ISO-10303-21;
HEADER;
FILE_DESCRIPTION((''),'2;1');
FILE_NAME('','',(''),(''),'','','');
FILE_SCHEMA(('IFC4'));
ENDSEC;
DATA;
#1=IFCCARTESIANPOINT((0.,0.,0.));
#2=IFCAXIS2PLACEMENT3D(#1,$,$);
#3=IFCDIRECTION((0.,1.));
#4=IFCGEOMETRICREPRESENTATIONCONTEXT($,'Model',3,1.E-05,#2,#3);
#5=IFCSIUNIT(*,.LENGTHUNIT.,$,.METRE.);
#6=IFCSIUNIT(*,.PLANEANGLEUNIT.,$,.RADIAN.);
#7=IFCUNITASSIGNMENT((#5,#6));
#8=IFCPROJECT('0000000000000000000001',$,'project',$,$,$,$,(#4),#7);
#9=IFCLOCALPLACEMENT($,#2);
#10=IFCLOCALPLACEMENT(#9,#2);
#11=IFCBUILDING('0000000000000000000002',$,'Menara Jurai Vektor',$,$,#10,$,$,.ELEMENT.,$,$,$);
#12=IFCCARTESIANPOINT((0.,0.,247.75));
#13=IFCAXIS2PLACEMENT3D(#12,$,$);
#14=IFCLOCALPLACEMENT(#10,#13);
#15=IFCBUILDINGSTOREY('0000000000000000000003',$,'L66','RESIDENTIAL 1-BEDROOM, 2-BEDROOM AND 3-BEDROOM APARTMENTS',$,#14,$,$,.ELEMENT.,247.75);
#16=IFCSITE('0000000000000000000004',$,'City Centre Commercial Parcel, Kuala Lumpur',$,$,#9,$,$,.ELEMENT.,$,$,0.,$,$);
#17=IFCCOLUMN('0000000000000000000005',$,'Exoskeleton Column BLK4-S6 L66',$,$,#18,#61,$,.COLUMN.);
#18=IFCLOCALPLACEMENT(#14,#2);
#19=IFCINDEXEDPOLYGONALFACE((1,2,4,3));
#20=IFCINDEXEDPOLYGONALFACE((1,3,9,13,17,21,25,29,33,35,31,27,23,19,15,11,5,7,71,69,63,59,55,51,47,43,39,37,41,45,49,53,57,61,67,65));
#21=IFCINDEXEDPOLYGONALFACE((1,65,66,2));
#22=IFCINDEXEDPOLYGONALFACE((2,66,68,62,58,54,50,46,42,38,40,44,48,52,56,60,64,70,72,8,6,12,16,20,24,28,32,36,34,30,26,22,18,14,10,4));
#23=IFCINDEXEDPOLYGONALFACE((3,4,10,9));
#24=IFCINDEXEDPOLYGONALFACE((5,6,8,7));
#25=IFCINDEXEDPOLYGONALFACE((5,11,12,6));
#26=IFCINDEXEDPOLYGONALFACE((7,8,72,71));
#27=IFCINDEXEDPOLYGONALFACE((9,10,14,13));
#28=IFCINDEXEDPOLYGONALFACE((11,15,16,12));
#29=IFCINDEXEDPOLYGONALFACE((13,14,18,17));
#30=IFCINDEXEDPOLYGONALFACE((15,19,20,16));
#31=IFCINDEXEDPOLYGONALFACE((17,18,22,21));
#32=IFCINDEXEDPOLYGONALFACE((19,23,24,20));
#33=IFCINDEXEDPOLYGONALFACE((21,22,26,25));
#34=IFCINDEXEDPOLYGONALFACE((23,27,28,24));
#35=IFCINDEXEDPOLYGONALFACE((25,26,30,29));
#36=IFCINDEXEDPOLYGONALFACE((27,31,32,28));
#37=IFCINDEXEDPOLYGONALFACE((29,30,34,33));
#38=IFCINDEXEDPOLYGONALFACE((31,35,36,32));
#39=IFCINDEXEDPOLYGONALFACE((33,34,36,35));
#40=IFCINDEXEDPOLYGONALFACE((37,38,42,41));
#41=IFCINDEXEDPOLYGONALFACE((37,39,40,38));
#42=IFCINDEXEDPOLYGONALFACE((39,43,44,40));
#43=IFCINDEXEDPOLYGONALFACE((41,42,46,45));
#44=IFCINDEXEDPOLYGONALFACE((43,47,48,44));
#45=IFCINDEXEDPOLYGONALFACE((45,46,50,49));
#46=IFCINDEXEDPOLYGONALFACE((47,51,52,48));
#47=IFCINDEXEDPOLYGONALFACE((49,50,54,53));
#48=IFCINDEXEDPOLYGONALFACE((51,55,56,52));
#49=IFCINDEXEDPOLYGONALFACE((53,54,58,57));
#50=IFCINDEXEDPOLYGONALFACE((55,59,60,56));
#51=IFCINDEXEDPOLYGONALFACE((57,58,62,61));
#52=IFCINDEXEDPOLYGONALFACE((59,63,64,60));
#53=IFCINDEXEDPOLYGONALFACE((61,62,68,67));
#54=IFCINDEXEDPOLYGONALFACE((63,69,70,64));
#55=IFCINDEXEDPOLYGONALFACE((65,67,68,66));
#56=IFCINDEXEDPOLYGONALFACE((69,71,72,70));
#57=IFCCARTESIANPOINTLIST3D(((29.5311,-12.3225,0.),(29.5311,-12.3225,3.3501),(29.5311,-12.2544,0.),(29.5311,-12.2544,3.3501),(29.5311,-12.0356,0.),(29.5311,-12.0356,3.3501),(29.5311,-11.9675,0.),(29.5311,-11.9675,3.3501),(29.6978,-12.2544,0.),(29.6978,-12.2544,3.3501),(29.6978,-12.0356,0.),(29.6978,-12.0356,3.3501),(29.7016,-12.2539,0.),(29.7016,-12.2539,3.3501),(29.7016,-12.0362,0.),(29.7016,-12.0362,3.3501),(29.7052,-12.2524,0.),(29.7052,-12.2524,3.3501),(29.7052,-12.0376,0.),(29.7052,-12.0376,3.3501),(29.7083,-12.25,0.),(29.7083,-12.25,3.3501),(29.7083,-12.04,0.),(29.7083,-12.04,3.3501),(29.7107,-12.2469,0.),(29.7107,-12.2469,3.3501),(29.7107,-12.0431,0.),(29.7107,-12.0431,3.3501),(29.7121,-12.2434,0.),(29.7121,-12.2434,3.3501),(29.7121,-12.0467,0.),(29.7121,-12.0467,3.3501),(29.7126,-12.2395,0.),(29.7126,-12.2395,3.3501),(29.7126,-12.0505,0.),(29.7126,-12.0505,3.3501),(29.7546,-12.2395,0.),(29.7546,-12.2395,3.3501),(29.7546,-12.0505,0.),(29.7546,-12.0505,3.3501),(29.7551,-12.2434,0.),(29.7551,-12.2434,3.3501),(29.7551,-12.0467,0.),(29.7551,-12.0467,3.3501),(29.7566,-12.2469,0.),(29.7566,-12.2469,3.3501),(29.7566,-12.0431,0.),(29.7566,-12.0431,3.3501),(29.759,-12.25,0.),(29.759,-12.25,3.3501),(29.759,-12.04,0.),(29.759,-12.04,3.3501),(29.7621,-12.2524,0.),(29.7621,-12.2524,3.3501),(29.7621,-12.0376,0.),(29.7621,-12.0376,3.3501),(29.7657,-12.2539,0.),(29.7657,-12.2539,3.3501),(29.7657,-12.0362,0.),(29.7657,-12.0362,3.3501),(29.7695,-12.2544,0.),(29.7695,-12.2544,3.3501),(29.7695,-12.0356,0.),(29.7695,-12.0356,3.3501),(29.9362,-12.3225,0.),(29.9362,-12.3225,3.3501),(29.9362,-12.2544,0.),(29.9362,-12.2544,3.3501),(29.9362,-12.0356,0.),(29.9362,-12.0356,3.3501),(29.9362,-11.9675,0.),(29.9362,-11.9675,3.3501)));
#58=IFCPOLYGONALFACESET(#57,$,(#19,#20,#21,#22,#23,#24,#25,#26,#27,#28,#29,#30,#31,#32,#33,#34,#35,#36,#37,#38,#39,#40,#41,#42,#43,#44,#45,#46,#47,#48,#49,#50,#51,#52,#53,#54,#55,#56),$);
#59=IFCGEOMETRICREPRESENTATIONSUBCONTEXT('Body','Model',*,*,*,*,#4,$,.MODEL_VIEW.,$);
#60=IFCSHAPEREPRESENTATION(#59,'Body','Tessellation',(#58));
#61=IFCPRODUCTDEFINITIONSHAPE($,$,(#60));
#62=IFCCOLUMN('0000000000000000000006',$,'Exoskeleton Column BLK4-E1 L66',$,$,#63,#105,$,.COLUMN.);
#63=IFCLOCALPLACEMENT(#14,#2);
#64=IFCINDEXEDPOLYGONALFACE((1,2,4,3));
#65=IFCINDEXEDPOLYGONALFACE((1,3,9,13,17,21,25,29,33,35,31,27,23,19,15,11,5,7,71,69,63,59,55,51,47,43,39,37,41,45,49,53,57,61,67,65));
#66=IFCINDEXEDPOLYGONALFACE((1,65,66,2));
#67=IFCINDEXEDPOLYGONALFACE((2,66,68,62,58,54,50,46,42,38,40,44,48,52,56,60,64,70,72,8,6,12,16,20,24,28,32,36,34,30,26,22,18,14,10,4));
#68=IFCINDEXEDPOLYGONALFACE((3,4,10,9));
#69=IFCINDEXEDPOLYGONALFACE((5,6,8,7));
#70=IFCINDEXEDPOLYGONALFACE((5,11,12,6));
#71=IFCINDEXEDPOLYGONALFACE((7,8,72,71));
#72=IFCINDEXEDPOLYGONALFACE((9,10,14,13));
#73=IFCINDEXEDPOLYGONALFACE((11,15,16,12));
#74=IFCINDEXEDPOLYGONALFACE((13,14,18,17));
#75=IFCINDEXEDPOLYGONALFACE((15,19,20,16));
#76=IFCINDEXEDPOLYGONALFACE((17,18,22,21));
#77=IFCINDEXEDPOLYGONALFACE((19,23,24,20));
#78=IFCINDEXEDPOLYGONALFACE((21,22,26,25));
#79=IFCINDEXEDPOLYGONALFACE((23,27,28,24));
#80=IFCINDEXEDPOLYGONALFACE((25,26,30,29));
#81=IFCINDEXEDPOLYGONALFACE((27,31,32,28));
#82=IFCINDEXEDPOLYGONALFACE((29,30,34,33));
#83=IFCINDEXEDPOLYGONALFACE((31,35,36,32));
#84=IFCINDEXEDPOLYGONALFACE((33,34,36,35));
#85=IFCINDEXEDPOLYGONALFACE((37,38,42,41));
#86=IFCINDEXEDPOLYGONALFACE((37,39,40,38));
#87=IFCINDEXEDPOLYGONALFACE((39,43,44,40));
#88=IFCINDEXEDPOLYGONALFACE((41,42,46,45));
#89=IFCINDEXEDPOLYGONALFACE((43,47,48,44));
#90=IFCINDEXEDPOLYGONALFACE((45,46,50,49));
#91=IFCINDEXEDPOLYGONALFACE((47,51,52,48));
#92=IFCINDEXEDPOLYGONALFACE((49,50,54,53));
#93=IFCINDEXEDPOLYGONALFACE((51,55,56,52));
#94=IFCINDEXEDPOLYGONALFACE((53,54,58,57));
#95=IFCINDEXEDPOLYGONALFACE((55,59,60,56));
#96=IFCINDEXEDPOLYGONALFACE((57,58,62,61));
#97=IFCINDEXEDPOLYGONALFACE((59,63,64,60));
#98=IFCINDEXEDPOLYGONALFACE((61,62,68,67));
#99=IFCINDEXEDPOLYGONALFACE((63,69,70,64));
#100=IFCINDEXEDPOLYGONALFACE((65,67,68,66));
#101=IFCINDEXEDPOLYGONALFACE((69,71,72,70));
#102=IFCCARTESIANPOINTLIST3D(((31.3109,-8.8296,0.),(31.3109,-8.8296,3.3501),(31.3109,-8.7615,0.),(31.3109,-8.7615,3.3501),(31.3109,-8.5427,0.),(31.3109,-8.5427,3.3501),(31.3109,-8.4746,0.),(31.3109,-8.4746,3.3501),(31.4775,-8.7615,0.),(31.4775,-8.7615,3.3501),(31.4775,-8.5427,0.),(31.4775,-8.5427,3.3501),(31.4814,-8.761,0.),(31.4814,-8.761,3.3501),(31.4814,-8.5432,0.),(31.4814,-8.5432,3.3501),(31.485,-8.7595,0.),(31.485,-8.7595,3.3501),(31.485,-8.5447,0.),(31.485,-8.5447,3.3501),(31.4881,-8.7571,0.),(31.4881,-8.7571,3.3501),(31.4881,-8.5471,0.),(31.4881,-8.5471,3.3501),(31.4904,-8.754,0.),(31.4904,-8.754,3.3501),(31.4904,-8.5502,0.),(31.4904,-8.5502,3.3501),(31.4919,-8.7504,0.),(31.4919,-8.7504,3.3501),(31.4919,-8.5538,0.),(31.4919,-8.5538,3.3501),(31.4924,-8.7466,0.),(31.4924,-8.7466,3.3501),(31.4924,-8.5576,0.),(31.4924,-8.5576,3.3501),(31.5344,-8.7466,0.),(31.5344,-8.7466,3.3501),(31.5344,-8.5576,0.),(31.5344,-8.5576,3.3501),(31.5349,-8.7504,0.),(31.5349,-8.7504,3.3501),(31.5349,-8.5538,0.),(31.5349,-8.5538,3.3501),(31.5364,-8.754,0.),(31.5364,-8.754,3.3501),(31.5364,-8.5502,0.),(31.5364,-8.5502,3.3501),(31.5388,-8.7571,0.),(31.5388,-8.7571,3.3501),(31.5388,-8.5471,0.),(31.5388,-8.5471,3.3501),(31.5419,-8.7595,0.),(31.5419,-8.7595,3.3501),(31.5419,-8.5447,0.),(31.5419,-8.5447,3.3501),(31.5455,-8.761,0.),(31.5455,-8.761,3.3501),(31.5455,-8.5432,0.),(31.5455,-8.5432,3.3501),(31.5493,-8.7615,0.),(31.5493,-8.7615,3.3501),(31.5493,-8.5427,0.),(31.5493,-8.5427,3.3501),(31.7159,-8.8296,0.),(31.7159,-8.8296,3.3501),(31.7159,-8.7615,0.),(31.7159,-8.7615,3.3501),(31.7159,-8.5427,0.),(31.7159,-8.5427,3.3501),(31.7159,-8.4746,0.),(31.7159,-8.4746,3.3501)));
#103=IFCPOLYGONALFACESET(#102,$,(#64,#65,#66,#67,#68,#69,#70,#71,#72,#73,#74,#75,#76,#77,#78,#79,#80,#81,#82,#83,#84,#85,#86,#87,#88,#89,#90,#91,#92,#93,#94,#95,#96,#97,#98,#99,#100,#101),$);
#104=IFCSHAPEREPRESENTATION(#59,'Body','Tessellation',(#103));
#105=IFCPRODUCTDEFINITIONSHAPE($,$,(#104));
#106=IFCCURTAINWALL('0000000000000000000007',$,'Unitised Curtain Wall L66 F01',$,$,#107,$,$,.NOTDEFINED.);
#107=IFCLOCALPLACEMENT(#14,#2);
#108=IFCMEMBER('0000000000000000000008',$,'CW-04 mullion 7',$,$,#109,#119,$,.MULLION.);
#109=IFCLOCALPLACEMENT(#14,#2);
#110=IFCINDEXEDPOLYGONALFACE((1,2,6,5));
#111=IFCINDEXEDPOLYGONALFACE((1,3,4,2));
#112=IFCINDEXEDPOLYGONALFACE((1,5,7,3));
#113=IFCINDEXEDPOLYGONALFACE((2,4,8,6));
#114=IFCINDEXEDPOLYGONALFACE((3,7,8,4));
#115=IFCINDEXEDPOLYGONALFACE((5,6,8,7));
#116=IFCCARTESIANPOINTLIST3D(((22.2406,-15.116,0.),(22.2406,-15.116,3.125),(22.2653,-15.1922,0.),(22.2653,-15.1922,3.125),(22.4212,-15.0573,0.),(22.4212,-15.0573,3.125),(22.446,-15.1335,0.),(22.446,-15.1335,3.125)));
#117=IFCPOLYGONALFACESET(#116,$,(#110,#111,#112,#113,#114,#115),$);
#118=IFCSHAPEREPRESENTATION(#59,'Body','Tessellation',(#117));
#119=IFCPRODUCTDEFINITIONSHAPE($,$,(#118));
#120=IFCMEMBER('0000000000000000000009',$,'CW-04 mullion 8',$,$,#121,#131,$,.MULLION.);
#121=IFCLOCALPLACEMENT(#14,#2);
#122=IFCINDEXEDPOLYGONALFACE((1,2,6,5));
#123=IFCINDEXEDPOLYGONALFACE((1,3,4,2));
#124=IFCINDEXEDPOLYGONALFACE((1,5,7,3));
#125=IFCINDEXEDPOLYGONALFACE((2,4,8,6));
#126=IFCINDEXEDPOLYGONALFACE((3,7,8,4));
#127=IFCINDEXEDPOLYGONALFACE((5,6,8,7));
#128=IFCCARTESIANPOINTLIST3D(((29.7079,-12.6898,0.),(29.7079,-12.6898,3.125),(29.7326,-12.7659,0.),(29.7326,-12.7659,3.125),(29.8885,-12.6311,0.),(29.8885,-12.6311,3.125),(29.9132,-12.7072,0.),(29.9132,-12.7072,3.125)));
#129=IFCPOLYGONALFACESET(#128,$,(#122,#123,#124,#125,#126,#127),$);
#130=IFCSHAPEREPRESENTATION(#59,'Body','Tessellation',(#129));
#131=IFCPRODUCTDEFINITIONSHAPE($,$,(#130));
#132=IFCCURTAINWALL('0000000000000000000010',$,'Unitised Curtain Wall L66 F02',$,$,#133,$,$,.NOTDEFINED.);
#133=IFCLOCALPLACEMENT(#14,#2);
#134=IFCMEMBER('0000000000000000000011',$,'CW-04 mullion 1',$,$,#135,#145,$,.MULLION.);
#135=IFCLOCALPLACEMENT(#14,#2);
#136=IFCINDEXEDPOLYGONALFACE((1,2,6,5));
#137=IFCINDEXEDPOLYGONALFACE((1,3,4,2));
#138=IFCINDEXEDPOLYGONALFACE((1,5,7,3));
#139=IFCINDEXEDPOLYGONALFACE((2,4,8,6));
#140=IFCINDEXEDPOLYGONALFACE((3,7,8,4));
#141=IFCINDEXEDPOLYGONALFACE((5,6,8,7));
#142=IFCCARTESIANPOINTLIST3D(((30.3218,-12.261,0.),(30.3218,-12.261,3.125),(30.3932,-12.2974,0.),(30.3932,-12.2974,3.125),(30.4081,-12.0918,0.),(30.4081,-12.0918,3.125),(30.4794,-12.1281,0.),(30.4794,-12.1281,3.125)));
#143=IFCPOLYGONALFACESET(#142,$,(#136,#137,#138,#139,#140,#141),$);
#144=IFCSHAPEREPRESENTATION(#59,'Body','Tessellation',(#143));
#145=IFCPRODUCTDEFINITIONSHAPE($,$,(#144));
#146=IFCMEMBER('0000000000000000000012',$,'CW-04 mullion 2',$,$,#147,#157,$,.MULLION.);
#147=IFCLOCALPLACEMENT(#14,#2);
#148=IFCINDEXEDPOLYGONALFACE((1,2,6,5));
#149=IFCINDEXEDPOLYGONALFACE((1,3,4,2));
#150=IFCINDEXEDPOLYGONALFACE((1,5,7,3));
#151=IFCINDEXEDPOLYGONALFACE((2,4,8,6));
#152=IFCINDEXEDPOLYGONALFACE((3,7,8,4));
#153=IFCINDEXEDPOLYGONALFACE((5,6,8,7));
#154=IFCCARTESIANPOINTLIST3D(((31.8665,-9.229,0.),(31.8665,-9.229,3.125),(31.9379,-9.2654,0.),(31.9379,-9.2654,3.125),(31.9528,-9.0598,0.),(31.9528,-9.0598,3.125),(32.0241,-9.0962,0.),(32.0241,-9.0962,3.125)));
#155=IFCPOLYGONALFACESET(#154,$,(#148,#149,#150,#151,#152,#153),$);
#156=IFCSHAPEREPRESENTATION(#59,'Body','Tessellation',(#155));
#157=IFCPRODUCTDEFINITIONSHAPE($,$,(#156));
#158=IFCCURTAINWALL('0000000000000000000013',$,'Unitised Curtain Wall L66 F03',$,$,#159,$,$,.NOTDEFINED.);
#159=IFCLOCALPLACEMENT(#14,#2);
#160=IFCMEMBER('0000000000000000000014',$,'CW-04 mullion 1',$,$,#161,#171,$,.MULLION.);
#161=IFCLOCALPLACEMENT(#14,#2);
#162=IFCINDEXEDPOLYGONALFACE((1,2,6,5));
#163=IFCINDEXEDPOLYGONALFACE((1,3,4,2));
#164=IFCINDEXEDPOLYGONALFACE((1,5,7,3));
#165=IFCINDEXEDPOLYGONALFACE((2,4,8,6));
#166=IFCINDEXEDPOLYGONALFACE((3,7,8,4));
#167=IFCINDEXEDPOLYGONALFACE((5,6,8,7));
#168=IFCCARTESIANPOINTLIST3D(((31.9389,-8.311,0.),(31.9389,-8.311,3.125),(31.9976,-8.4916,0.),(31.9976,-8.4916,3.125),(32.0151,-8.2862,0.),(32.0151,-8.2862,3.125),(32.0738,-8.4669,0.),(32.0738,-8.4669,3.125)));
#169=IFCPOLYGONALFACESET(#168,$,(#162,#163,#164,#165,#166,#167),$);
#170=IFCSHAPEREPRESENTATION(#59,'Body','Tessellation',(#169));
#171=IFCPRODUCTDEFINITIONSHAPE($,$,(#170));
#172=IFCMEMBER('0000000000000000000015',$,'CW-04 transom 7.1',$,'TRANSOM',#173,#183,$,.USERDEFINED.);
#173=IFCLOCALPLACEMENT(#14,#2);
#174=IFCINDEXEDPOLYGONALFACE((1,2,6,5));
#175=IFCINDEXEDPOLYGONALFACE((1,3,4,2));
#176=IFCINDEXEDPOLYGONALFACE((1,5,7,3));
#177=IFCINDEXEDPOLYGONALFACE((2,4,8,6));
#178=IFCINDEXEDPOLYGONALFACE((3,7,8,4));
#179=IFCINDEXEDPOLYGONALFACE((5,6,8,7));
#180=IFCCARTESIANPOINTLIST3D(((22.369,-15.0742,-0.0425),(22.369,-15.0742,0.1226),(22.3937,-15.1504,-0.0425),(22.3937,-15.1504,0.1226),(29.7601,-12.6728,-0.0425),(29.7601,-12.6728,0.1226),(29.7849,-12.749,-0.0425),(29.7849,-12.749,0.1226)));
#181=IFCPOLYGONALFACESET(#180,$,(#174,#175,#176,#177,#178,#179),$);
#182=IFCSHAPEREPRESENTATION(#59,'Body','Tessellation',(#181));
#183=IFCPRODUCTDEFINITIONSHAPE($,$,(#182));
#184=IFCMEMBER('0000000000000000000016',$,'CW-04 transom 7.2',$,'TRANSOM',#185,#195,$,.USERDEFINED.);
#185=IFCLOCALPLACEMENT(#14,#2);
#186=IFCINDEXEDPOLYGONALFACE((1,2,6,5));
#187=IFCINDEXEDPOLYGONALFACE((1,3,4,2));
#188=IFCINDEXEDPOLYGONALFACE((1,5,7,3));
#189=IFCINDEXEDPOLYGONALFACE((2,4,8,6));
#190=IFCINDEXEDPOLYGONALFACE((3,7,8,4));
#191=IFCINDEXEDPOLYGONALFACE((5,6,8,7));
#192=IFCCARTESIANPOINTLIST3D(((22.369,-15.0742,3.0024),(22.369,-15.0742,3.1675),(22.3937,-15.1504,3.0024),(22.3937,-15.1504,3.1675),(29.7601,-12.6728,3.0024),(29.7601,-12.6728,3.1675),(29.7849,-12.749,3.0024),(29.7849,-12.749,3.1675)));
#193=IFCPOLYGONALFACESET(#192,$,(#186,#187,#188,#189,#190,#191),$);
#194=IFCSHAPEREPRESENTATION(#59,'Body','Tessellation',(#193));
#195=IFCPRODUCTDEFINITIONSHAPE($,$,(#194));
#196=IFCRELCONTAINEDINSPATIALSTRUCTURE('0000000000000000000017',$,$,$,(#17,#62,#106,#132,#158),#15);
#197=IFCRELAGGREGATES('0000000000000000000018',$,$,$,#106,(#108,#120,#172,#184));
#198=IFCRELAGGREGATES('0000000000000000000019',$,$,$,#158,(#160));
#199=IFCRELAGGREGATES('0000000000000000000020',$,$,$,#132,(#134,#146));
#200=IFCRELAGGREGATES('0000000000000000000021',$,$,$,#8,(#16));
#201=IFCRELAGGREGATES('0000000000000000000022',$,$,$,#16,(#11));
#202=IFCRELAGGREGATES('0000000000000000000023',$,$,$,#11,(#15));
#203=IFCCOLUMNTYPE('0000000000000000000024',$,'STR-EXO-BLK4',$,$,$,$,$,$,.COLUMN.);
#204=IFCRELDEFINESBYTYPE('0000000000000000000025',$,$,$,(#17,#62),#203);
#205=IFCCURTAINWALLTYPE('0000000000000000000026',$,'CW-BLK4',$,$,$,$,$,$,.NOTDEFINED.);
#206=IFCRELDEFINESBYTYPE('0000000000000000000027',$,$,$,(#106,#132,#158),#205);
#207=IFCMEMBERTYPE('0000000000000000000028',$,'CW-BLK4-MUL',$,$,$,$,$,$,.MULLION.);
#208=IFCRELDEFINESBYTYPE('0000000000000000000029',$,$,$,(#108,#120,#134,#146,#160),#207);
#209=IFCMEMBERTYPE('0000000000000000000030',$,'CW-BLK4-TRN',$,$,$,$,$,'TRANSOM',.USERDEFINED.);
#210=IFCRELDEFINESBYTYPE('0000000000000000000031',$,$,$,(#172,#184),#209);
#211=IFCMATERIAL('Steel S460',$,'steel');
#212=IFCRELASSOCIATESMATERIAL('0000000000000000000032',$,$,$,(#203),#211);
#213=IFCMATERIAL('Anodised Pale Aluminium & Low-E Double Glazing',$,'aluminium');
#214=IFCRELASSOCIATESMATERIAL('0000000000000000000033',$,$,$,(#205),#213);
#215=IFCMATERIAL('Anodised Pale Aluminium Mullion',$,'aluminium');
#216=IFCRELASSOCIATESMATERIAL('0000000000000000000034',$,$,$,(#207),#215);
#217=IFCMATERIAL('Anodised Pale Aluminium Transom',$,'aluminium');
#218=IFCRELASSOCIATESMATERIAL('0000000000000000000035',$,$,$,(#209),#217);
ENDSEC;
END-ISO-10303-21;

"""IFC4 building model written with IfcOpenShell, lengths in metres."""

from ifc_helpers import new_model, si_unit, direction, frame, origin, origin_2d, place, context, subcontext, project, spatial, rectangle, i_section, extrude, material, material_profile, profile_set, type_object, element, aggregate, save


model = new_model("IFC4")

# Units and contexts
model_context = context("Model", 3, precision=1e-05, world=origin(), true_north=direction((0.0, 1.0)))
body_context = subcontext(model_context, "Body", "Model", "MODEL_VIEW")
ifc_project = project(units=[si_unit("LENGTHUNIT", "METRE"), si_unit("PLANEANGLEUNIT", "RADIAN")], contexts=[model_context])

# Site, building, storey
site_placement = place(None, origin())
site = spatial("IfcSite", under=ifc_project, at=site_placement, Name="City Centre Commercial Parcel, Kuala Lumpur", CompositionType="ELEMENT", RefElevation=0.0)
building_placement = place(site_placement, origin())
building = spatial("IfcBuilding", under=site, at=building_placement, Name="Menara Jurai Vektor", CompositionType="ELEMENT")
storey_placement = place(building_placement, frame((0.0, 0.0, 247.75)))
storey = spatial("IfcBuildingStorey", under=building, at=storey_placement, Name="L66", Description="RESIDENTIAL 1-BEDROOM, 2-BEDROOM AND 3-BEDROOM APARTMENTS", CompositionType="ELEMENT", Elevation=247.75)

# Columns
ifc_material_1 = material(Name="Steel S460", Category="steel")
ifc_material_profile_1 = material_profile(ifc_material_1, i_section(OverallWidth=0.405, OverallDepth=0.355, WebThickness=0.042, FlangeThickness=0.0681, FilletRadius=0.0149, at=origin_2d()), Name="HD 400x551")
ifc_profile_set_1 = profile_set([ifc_material_profile_1], Name="Steel S460")
column_type = type_object("IfcColumnType", Name="STR-EXO-BLK4", PredefinedType="COLUMN", material=ifc_profile_set_1)
for number, where, z_axis, x_axis, name in (
    (1, (29.7336, -12.145, 0.0), (0.0, 0.0, 1.0), (1.0, 0.0, 0.0), "Exoskeleton Column BLK4-S6 L66"),
    (2, (31.5134, -8.6521, 0.0), (0.0, 0.0, 1.0), (1.0, 0.0, 0.0), "Exoskeleton Column BLK4-E1 L66"),
):
    element("IfcColumn", number, at=place(storey_placement, frame(where, z_axis=z_axis, x_axis=x_axis)), inside=storey, type_object=column_type, Name=name, PredefinedType="COLUMN", context=body_context, shape_type="SweptSolid", body=[
        extrude(i_section(OverallWidth=0.405, OverallDepth=0.355, WebThickness=0.042, FlangeThickness=0.0681, FilletRadius=0.0149, at=origin_2d()), origin(), (0.0, 0.0, 1.0), 3.3501),
    ])

# Curtain walls, members
ifc_material_2 = material(Name="Anodised Pale Aluminium & Low-E Double Glazing", Category="aluminium")
curtain_wall_type = type_object("IfcCurtainWallType", Name="CW-BLK4", PredefinedType="NOTDEFINED", material=ifc_material_2)
curtain_wall_1_placement = place(storey_placement, origin())
curtain_wall_1 = element("IfcCurtainWall", 3, at=curtain_wall_1_placement, inside=storey, type_object=curtain_wall_type, Name="Unitised Curtain Wall L66 F01", PredefinedType="NOTDEFINED")
ifc_material_3 = material(Name="Anodised Pale Aluminium Mullion", Category="aluminium")
ifc_material_profile_2 = material_profile(ifc_material_3, rectangle(XDim=0.0801, YDim=0.1899, at=origin_2d()), Name="ALU MUL 80x190")
ifc_profile_set_2 = profile_set([ifc_material_profile_2], Name="Anodised Pale Aluminium Mullion")
member_type_1 = type_object("IfcMemberType", Name="CW-BLK4-MUL", PredefinedType="MULLION", material=ifc_profile_set_2)
member_1_placement = place(storey_placement, frame((22.3433, -15.1248, 0.0), z_axis=(0.0, 0.0, 1.0), x_axis=(-0.309017, 0.951056, 0.0)))
member_1 = element("IfcMember", 4, at=member_1_placement, type_object=member_type_1, Name="CW-04 mullion 7", PredefinedType="MULLION", context=body_context, shape_type="SweptSolid", body=[
    extrude(rectangle(XDim=0.0801, YDim=0.1899, at=origin_2d()), origin(), (0.0, 0.0, 1.0), 3.125),
])
member_2_placement = place(storey_placement, frame((29.8105, -12.6985, 0.0), z_axis=(0.0, 0.0, 1.0), x_axis=(-0.309017, 0.951056, 0.0)))
member_2 = element("IfcMember", 5, at=member_2_placement, type_object=member_type_1, Name="CW-04 mullion 8", PredefinedType="MULLION", context=body_context, shape_type="SweptSolid", body=[
    extrude(rectangle(XDim=0.0801, YDim=0.1899, at=origin_2d()), origin(), (0.0, 0.0, 1.0), 3.125),
])
curtain_wall_2_placement = place(storey_placement, origin())
curtain_wall_2 = element("IfcCurtainWall", 6, at=curtain_wall_2_placement, inside=storey, type_object=curtain_wall_type, Name="Unitised Curtain Wall L66 F02", PredefinedType="NOTDEFINED")
member_3_placement = place(storey_placement, frame((30.4006, -12.1946, 0.0), z_axis=(0.0, 0.0, 1.0), x_axis=(-0.891008, 0.453989, 0.0)))
member_3 = element("IfcMember", 7, at=member_3_placement, type_object=member_type_1, Name="CW-04 mullion 1", PredefinedType="MULLION", context=body_context, shape_type="SweptSolid", body=[
    extrude(rectangle(XDim=0.0801, YDim=0.1899, at=origin_2d()), origin(), (0.0, 0.0, 1.0), 3.125),
])
member_4_placement = place(storey_placement, frame((31.9453, -9.1626, 0.0), z_axis=(0.0, 0.0, 1.0), x_axis=(-0.891008, 0.453989, 0.0)))
member_4 = element("IfcMember", 8, at=member_4_placement, type_object=member_type_1, Name="CW-04 mullion 2", PredefinedType="MULLION", context=body_context, shape_type="SweptSolid", body=[
    extrude(rectangle(XDim=0.0801, YDim=0.1899, at=origin_2d()), origin(), (0.0, 0.0, 1.0), 3.125),
])

# Curtain wall, member
curtain_wall_3_placement = place(storey_placement, origin())
curtain_wall_3 = element("IfcCurtainWall", 9, at=curtain_wall_3_placement, inside=storey, type_object=curtain_wall_type, Name="Unitised Curtain Wall L66 F03", PredefinedType="NOTDEFINED")
member_5_placement = place(storey_placement, frame((32.0063, -8.3889, 0.0), z_axis=(0.0, 0.0, 1.0), x_axis=(-0.951057, -0.309016, 0.0)))
member_5 = element("IfcMember", 10, at=member_5_placement, type_object=member_type_1, Name="CW-04 mullion 1", PredefinedType="MULLION", context=body_context, shape_type="SweptSolid", body=[
    extrude(rectangle(XDim=0.0801, YDim=0.1899, at=origin_2d()), origin(), (0.0, 0.0, 1.0), 3.125),
])

# Members
ifc_material_4 = material(Name="Anodised Pale Aluminium Transom", Category="aluminium")
ifc_material_profile_3 = material_profile(ifc_material_4, rectangle(XDim=0.0801, YDim=0.165, at=origin_2d()), Name="ALU TRN 80x165")
ifc_profile_set_3 = profile_set([ifc_material_profile_3], Name="Anodised Pale Aluminium Transom")
member_type_2 = type_object("IfcMemberType", Name="CW-BLK4-TRN", ElementType="TRANSOM", PredefinedType="USERDEFINED", material=ifc_profile_set_3)
member_6_placement = place(storey_placement, frame((22.3813, -15.1123, 0.04), z_axis=(0.951062, 0.308999, 0.0), x_axis=(-0.308999, 0.951062, 0.0)))
member_6 = element("IfcMember", 11, at=member_6_placement, type_object=member_type_2, Name="CW-04 transom 7.1", ObjectType="TRANSOM", PredefinedType="USERDEFINED", context=body_context, shape_type="SweptSolid", body=[
    extrude(rectangle(XDim=0.0801, YDim=0.165, at=origin_2d()), origin(), (0.0, 0.0, 1.0), 7.7715),
])
member_7_placement = place(storey_placement, frame((22.3813, -15.1123, 3.085), z_axis=(0.951062, 0.308999, 0.0), x_axis=(-0.308999, 0.951062, 0.0)))
member_7 = element("IfcMember", 12, at=member_7_placement, type_object=member_type_2, Name="CW-04 transom 7.2", ObjectType="TRANSOM", PredefinedType="USERDEFINED", context=body_context, shape_type="SweptSolid", body=[
    extrude(rectangle(XDim=0.0801, YDim=0.165, at=origin_2d()), origin(), (0.0, 0.0, 1.0), 7.7715),
])

aggregate(curtain_wall_1, [member_1, member_2, member_6, member_7])
aggregate(curtain_wall_3, [member_5])
aggregate(curtain_wall_2, [member_3, member_4])

save(model, "model.ifc")
